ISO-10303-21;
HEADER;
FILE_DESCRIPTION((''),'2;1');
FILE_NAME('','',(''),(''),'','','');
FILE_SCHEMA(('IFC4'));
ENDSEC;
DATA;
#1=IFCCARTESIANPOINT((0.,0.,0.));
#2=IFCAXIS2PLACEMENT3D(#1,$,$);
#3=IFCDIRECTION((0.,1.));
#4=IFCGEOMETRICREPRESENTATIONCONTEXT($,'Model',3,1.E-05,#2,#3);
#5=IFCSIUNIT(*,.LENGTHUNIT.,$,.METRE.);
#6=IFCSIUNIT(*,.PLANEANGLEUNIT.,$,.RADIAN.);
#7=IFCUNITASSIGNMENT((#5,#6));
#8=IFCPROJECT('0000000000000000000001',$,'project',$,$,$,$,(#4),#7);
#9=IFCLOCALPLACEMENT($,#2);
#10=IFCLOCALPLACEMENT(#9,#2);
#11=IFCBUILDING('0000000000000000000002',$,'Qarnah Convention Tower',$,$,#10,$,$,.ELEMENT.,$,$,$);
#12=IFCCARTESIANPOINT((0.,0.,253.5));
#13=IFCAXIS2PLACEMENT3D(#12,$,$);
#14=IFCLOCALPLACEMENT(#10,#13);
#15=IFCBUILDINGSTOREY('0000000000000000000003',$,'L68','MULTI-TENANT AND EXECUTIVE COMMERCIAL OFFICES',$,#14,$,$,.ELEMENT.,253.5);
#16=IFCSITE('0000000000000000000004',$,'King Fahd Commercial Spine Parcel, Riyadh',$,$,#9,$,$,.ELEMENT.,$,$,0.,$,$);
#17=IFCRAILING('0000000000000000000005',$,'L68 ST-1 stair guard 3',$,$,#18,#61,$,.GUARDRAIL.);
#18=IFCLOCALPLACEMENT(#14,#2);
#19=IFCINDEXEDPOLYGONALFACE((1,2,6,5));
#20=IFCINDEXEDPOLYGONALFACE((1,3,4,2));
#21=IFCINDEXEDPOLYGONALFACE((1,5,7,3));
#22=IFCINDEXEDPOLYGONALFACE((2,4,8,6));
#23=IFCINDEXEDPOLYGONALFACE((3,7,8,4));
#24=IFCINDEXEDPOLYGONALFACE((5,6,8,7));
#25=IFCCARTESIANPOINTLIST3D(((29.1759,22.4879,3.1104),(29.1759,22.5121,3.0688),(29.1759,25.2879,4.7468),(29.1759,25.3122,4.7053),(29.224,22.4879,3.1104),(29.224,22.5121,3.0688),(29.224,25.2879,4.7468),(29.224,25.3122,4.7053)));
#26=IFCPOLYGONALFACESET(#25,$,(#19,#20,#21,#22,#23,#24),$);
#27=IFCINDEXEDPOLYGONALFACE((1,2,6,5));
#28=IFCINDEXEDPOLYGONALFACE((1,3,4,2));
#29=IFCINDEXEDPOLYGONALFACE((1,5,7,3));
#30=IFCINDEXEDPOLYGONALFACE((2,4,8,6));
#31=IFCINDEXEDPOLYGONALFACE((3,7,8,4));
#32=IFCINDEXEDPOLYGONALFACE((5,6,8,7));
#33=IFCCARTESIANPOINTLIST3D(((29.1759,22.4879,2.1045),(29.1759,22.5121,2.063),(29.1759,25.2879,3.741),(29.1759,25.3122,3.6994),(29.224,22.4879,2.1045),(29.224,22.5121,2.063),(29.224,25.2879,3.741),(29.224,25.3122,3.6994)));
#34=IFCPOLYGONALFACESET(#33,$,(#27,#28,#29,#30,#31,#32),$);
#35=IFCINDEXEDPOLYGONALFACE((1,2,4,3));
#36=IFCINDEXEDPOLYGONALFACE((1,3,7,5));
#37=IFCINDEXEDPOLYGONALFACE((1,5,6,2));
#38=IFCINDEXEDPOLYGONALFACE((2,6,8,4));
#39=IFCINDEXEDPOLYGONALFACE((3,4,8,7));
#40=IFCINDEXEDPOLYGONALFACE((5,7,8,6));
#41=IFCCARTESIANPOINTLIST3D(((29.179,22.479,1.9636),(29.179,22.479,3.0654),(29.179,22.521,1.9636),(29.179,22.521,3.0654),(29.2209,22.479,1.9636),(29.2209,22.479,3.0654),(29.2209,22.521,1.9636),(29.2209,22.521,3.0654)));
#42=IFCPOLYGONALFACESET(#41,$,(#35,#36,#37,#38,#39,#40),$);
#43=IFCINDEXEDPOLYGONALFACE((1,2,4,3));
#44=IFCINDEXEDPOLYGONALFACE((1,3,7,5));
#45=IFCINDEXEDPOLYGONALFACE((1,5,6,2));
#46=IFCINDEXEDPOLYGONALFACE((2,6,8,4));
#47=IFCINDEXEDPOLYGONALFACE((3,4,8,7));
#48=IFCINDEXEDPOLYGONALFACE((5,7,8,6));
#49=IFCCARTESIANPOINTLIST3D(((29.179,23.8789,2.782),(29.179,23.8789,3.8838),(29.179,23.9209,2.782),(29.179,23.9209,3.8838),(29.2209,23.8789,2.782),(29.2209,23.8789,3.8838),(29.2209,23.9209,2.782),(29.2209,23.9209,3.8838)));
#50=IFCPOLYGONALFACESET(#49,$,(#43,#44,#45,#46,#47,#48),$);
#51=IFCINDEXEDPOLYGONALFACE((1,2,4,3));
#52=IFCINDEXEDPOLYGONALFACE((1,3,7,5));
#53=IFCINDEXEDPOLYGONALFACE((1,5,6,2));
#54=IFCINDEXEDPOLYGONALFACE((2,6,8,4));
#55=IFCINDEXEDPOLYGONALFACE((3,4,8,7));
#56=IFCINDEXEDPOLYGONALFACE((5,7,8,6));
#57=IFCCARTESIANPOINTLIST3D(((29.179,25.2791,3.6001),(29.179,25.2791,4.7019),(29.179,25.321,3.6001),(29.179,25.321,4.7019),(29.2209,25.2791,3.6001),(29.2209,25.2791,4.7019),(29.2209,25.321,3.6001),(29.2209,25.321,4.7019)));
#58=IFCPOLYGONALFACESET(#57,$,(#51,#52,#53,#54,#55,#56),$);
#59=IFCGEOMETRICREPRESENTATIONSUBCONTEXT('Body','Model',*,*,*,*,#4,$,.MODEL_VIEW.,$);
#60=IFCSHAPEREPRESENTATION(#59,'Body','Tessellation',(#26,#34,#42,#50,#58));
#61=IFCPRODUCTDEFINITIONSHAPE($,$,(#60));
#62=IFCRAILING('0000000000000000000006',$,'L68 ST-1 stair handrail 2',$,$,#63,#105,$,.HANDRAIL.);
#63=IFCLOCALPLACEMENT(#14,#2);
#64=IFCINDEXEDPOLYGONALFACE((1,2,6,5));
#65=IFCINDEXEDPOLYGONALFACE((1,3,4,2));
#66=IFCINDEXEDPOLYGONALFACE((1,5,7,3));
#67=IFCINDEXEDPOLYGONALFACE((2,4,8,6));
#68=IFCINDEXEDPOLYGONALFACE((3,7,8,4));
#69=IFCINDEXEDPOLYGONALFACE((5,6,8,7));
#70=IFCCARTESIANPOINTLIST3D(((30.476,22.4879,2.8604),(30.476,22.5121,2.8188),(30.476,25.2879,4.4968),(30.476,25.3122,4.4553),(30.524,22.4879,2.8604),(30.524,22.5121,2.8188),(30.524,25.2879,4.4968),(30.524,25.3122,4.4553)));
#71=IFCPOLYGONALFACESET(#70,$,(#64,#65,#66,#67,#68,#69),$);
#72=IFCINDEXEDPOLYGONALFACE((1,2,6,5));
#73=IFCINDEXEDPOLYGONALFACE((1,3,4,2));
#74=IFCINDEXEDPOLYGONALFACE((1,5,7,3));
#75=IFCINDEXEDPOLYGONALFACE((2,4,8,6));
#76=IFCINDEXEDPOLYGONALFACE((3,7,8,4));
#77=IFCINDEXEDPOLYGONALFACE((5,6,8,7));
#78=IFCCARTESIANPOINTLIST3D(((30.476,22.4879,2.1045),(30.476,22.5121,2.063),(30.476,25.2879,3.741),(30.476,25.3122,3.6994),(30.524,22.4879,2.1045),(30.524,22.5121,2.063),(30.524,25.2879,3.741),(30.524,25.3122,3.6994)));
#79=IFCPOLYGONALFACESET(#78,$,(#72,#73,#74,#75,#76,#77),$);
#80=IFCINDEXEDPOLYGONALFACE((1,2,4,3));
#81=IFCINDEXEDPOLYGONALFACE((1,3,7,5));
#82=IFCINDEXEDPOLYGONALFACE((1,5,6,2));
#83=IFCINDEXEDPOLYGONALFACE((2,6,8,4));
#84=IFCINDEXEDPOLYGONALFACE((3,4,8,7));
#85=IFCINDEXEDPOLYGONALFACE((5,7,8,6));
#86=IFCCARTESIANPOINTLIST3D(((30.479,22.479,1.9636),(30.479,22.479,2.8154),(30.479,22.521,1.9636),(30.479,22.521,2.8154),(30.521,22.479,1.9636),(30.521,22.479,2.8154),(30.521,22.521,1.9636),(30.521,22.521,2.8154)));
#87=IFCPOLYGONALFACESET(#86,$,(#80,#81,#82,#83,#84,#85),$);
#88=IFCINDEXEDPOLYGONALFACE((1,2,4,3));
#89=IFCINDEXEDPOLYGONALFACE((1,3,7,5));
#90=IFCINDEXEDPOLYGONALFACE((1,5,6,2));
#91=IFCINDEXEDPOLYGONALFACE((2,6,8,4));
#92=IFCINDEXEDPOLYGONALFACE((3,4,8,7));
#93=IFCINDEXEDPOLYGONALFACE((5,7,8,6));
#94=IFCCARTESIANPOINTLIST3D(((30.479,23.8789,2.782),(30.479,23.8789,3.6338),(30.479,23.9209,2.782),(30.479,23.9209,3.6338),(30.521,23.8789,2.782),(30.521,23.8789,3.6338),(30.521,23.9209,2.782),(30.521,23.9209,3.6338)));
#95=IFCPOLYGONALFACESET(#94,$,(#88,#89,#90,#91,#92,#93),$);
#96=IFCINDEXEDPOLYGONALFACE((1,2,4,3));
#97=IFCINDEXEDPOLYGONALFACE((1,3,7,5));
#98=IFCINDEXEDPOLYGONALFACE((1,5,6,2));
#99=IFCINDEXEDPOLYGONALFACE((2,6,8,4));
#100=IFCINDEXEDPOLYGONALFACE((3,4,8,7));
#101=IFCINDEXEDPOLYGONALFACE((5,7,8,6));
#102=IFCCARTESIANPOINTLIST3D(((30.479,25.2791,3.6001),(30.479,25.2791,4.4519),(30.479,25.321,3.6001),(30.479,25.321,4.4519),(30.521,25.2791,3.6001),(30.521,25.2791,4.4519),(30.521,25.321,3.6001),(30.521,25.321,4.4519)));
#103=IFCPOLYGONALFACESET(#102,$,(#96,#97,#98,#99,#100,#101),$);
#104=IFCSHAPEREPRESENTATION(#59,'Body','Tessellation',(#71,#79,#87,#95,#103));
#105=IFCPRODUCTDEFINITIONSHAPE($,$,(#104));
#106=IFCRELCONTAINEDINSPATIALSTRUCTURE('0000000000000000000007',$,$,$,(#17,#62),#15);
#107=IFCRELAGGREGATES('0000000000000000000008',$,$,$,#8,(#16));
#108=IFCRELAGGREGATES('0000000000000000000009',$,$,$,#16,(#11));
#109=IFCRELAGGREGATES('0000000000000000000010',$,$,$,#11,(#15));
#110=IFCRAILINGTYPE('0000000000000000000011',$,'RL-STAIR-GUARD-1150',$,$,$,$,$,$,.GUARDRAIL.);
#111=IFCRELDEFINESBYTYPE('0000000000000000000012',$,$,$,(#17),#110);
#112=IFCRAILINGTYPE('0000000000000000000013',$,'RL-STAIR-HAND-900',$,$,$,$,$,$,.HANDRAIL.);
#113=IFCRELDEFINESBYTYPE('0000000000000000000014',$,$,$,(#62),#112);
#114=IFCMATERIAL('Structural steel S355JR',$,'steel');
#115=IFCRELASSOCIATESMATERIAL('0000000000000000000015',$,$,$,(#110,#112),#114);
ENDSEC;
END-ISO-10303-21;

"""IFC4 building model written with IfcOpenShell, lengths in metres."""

from ifc_helpers import new_model, si_unit, direction, frame, origin, origin_2d, place, context, subcontext, project, spatial, rectangle, extrude, material, type_object, element, save


model = new_model("IFC4")

# Units and contexts
model_context = context("Model", 3, precision=1e-05, world=origin(), true_north=direction((0.0, 1.0)))
body_context = subcontext(model_context, "Body", "Model", "MODEL_VIEW")
ifc_project = project(units=[si_unit("LENGTHUNIT", "METRE"), si_unit("PLANEANGLEUNIT", "RADIAN")], contexts=[model_context])

# Site, building, storey
site_placement = place(None, origin())
site = spatial("IfcSite", under=ifc_project, at=site_placement, Name="King Fahd Commercial Spine Parcel, Riyadh", CompositionType="ELEMENT", RefElevation=0.0)
building_placement = place(site_placement, origin())
building = spatial("IfcBuilding", under=site, at=building_placement, Name="Qarnah Convention Tower", CompositionType="ELEMENT")
storey_placement = place(building_placement, frame((0.0, 0.0, 253.5)))
storey = spatial("IfcBuildingStorey", under=building, at=storey_placement, Name="L68", Description="MULTI-TENANT AND EXECUTIVE COMMERCIAL OFFICES", CompositionType="ELEMENT", Elevation=253.5)

# Shared definitions
ifc_material_1 = material(Name="Structural steel S355JR", Category="steel")

# Railings
railing_type_1 = type_object("IfcRailingType", Name="RL-STAIR-GUARD-1150", PredefinedType="GUARDRAIL", material=ifc_material_1)
railing_1_placement = place(storey_placement, frame((29.2, 22.5, 1.9636)))
element("IfcRailing", 1, at=railing_1_placement, inside=storey, type_object=railing_type_1, Name="L68 ST-1 stair guard 3", PredefinedType="GUARDRAIL", context=body_context, shape_type="SweptSolid", body=[
    extrude(rectangle(XDim=0.0481, YDim=0.0481, at=origin_2d()), frame((0.0, 0.0, 1.126), z_axis=(0.0, 0.863361, 0.504587), x_axis=(-1.0, 0.0, 0.0)), (0.0, 0.0, 1.0), 3.2432),
    extrude(rectangle(XDim=0.0481, YDim=0.0481, at=origin_2d()), frame((0.0, 0.0, 0.1201), z_axis=(0.0, 0.863361, 0.504587), x_axis=(-1.0, 0.0, 0.0)), (0.0, 0.0, 1.0), 3.2432),
    extrude(rectangle(XDim=0.042, YDim=0.042, at=origin_2d()), origin(), (0.0, 0.0, 1.0), 1.1018),
    extrude(rectangle(XDim=0.042, YDim=0.042, at=origin_2d()), frame((0.0, 1.3999, 0.8184)), (0.0, 0.0, 1.0), 1.1018),
    extrude(rectangle(XDim=0.042, YDim=0.042, at=origin_2d()), frame((0.0, 2.8, 1.6365)), (0.0, 0.0, 1.0), 1.1018),
])
railing_type_2 = type_object("IfcRailingType", Name="RL-STAIR-HAND-900", PredefinedType="HANDRAIL", material=ifc_material_1)
railing_2_placement = place(storey_placement, frame((30.5, 22.5, 1.9636)))
element("IfcRailing", 2, at=railing_2_placement, inside=storey, type_object=railing_type_2, Name="L68 ST-1 stair handrail 2", PredefinedType="HANDRAIL", context=body_context, shape_type="SweptSolid", body=[
    extrude(rectangle(XDim=0.0481, YDim=0.0481, at=origin_2d()), frame((0.0, 0.0, 0.876), z_axis=(0.0, 0.863361, 0.504587), x_axis=(-1.0, 0.0, 0.0)), (0.0, 0.0, 1.0), 3.2432),
    extrude(rectangle(XDim=0.0481, YDim=0.0481, at=origin_2d()), frame((0.0, 0.0, 0.1201), z_axis=(0.0, 0.863361, 0.504587), x_axis=(-1.0, 0.0, 0.0)), (0.0, 0.0, 1.0), 3.2432),
    extrude(rectangle(XDim=0.042, YDim=0.042, at=origin_2d()), origin(), (0.0, 0.0, 1.0), 0.8518),
    extrude(rectangle(XDim=0.042, YDim=0.042, at=origin_2d()), frame((0.0, 1.3999, 0.8184)), (0.0, 0.0, 1.0), 0.8518),
    extrude(rectangle(XDim=0.042, YDim=0.042, at=origin_2d()), frame((0.0, 2.8, 1.6365)), (0.0, 0.0, 1.0), 0.8518),
])

save(model, "model.ifc")
